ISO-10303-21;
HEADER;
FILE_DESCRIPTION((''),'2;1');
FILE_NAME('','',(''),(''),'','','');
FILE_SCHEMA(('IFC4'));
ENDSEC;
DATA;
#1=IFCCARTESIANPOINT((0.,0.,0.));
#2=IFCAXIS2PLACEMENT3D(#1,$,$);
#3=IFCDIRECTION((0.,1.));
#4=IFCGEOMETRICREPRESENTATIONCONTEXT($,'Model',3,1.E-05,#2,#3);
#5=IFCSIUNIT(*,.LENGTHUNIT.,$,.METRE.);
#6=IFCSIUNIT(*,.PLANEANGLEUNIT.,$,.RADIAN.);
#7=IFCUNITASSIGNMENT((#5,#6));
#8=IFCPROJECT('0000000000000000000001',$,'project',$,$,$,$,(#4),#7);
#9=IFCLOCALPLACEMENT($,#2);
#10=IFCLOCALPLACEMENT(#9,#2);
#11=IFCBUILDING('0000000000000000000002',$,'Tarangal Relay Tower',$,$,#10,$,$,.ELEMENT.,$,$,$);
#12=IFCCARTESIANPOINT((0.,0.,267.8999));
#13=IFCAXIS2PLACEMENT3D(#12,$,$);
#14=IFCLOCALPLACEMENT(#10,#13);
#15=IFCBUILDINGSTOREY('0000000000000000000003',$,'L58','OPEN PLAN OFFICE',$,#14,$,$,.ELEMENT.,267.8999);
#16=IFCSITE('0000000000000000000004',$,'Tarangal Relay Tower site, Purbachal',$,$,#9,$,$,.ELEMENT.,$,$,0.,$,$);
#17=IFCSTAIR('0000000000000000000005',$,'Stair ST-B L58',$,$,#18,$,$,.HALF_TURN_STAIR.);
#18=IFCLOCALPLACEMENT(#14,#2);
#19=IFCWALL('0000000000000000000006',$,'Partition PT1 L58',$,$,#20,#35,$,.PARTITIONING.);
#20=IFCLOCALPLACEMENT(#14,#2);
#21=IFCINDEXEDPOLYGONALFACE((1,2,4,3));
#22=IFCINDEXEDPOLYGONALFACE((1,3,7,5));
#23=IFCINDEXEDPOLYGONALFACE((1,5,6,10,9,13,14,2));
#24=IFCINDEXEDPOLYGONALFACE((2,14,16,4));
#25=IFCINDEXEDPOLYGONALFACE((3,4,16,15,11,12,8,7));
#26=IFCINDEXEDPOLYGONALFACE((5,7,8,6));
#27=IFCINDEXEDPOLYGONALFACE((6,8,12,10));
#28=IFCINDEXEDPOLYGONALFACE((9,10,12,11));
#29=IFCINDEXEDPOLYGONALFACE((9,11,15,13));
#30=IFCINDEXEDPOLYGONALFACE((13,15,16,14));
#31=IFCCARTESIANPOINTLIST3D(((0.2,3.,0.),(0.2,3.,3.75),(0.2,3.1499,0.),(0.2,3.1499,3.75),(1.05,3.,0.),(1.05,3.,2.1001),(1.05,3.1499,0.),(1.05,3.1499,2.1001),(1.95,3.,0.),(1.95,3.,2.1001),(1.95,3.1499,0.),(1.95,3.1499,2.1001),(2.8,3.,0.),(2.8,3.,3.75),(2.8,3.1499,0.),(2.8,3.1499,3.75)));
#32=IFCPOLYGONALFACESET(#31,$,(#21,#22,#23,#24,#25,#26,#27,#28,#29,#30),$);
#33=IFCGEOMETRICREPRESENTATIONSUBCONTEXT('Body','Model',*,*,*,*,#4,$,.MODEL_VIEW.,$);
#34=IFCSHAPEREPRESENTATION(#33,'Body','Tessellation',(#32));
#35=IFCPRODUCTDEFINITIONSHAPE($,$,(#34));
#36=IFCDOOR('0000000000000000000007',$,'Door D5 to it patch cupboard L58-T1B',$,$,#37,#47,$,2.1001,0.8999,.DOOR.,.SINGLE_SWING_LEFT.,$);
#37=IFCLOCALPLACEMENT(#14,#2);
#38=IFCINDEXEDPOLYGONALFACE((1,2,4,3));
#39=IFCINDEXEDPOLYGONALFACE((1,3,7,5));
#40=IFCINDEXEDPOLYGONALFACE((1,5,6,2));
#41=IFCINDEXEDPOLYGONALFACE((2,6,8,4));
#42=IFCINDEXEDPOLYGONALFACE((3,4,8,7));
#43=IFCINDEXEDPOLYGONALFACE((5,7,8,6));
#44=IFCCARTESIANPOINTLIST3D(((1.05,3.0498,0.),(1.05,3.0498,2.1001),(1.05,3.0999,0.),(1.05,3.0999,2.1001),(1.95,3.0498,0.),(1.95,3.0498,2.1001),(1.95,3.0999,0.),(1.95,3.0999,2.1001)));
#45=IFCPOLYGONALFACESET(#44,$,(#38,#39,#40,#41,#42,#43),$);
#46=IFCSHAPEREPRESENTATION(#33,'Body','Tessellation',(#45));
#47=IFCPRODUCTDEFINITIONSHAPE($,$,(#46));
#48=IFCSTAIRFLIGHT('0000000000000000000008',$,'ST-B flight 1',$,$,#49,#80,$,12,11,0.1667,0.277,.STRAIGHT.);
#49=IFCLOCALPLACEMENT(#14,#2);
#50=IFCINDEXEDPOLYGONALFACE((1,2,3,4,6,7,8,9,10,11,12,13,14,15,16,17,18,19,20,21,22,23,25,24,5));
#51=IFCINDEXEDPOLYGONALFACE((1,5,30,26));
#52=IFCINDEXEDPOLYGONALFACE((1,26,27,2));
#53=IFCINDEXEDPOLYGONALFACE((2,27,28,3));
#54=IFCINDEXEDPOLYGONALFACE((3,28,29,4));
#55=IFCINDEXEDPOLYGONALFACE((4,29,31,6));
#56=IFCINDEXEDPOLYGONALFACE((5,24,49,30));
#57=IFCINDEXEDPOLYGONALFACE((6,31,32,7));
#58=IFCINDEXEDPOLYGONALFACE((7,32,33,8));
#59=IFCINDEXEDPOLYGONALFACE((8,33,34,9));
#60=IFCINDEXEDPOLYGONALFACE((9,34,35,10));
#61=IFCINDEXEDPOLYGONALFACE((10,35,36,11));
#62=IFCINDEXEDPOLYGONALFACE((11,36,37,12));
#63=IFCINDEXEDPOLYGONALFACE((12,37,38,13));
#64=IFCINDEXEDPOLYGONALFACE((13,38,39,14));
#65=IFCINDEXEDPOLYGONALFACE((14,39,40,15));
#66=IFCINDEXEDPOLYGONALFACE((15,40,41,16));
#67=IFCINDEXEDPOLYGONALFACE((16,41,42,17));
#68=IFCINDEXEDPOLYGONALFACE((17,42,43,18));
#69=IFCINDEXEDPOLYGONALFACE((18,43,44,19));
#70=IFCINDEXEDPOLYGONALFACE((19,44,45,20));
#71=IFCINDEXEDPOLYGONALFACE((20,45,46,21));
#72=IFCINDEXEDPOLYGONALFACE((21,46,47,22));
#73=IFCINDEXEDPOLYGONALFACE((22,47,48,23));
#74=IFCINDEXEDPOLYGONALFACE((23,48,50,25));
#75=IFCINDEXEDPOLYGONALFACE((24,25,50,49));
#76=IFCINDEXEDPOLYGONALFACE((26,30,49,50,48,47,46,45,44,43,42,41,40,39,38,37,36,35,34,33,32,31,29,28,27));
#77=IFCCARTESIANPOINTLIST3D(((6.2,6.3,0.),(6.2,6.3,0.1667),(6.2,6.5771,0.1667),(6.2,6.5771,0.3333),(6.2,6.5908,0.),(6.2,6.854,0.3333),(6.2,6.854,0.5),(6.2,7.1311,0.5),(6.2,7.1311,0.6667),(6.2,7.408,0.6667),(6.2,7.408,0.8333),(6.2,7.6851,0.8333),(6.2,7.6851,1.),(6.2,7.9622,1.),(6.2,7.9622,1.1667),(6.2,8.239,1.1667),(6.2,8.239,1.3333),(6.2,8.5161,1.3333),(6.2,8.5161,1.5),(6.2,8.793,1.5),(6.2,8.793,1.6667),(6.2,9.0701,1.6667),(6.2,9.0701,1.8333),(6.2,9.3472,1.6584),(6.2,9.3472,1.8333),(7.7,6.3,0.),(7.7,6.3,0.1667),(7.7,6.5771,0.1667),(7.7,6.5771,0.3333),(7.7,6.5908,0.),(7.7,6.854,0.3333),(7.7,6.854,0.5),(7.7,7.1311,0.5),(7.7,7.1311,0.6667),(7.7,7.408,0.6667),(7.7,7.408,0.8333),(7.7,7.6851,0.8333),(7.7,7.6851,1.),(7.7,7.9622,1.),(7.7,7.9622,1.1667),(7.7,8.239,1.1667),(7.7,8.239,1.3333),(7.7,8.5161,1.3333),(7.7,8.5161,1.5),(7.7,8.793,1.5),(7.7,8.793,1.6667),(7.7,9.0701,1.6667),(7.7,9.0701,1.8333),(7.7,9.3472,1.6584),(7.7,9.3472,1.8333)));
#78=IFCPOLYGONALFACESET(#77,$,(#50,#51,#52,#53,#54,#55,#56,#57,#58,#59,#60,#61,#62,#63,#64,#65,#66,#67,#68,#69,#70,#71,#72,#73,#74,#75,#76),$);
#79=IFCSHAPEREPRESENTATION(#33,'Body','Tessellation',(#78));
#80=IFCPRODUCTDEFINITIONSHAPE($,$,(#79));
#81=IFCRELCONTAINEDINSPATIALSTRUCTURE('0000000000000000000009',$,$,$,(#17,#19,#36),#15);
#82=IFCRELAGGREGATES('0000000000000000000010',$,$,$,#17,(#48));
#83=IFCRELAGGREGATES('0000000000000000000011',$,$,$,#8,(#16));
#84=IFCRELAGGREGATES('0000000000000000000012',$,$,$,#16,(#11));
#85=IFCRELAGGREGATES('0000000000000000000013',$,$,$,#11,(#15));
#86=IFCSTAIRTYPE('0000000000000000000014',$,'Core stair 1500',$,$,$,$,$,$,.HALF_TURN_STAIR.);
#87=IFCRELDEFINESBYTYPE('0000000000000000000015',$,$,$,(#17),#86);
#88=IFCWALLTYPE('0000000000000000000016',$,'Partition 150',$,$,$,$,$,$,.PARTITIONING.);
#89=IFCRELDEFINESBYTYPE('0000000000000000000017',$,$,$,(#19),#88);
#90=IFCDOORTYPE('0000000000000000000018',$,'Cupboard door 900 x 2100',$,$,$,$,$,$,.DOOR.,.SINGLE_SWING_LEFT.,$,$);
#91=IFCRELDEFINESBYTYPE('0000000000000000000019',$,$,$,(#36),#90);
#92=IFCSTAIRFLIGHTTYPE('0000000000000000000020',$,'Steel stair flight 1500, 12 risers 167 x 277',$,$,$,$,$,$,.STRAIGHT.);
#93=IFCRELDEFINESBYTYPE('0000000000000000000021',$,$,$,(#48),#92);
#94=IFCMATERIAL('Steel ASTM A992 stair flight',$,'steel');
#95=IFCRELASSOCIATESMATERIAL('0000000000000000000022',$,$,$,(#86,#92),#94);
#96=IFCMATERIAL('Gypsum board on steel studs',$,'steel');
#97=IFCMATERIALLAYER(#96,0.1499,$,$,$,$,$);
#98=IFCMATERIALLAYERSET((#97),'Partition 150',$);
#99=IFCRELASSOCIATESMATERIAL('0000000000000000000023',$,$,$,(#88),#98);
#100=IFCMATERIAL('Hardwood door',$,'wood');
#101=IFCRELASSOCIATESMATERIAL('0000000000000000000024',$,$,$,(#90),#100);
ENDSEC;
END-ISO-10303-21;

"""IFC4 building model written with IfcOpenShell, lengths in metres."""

from ifc_helpers import new_model, si_unit, direction, frame, frame_2d, origin, place, context, subcontext, project, spatial, polyline, rectangle, outline, extrude, material, layer, layer_set, type_object, element, fill, aggregate, save


model = new_model("IFC4")

# Units and contexts
model_context = context("Model", 3, precision=1e-05, world=origin(), true_north=direction((0.0, 1.0)))
body_context = subcontext(model_context, "Body", "Model", "MODEL_VIEW")
ifc_project = project(units=[si_unit("LENGTHUNIT", "METRE"), si_unit("PLANEANGLEUNIT", "RADIAN")], contexts=[model_context])

# Site, building, storey
site_placement = place(None, origin())
site = spatial("IfcSite", under=ifc_project, at=site_placement, Name="Tarangal Relay Tower site, Purbachal", CompositionType="ELEMENT", RefElevation=0.0)
building_placement = place(site_placement, origin())
building = spatial("IfcBuilding", under=site, at=building_placement, Name="Tarangal Relay Tower", CompositionType="ELEMENT")
storey_placement = place(building_placement, frame((0.0, 0.0, 267.8999)))
storey = spatial("IfcBuildingStorey", under=building, at=storey_placement, Name="L58", Description="OPEN PLAN OFFICE", CompositionType="ELEMENT", Elevation=267.8999)

# Stair
ifc_material_1 = material(Name="Steel ASTM A992 stair flight", Category="steel")
stair_type = type_object("IfcStairType", Name="Core stair 1500", PredefinedType="HALF_TURN_STAIR", material=ifc_material_1)
stair_1_placement = place(storey_placement, origin())
stair_1 = element("IfcStair", 1, at=stair_1_placement, inside=storey, type_object=stair_type, Name="Stair ST-B L58", PredefinedType="HALF_TURN_STAIR")

# Wall, opening, door
ifc_material_2 = material(Name="Gypsum board on steel studs", Category="steel")
ifc_layer_1 = layer(ifc_material_2, 0.1499)
ifc_layer_set_1 = layer_set([ifc_layer_1], Name="Partition 150")
wall_type_1 = type_object("IfcWallType", Name="Partition 150", PredefinedType="PARTITIONING", material=ifc_layer_set_1)
wall_1_placement = place(storey_placement, frame((0.2, 3.075, 0.0), z_axis=(0.0, 0.0, 1.0), x_axis=(1.0, 0.0, 0.0)))
wall_1 = element("IfcWall", 2, at=wall_1_placement, inside=storey, type_object=wall_type_1, Name="Partition PT1 L58", PredefinedType="PARTITIONING", context=body_context, shape_type="SweptSolid", body=[
    extrude(rectangle(XDim=2.6001, YDim=0.1499, at=frame_2d((1.3, 0.0))), origin(), (0.0, 0.0, 1.0), 3.75),
])
opening_1_placement = place(wall_1_placement, frame((0.8501, 0.0, 0.0)))
opening_1 = element("IfcOpeningElement", 3, at=opening_1_placement, cuts=wall_1, PredefinedType="OPENING", context=body_context, shape_type="SweptSolid", body=[
    extrude(rectangle(XDim=0.8999, YDim=2.1001, at=frame_2d((0.45, 1.05))), frame((0.0, 0.085, 0.0), z_axis=(0.0, -1.0, 0.0), x_axis=(1.0, 0.0, 0.0)), (0.0, 0.0, 1.0), 0.1699),
])
ifc_material_3 = material(Name="Hardwood door", Category="wood")
door_type_1 = type_object("IfcDoorType", Name="Cupboard door 900 x 2100", OperationType="SINGLE_SWING_LEFT", PredefinedType="DOOR", material=ifc_material_3)
door_1_placement = place(opening_1_placement, origin())
door_1 = element("IfcDoor", 4, at=door_1_placement, inside=storey, type_object=door_type_1, Name="Door D5 to it patch cupboard L58-T1B", OperationType="SINGLE_SWING_LEFT", OverallHeight=2.1001, OverallWidth=0.8999, PredefinedType="DOOR", context=body_context, shape_type="SweptSolid", body=[
    extrude(rectangle(XDim=0.8999, YDim=2.1001, at=frame_2d((0.45, 1.05))), frame((0.0, 0.0249, 0.0), z_axis=(0.0, -1.0, 0.0), x_axis=(1.0, 0.0, 0.0)), (0.0, 0.0, 1.0), 0.05),
])
fill(opening_1, door_1)

# Stair flight
stair_flight_type = type_object("IfcStairFlightType", Name="Steel stair flight 1500, 12 risers 167 x 277", PredefinedType="STRAIGHT", material=ifc_material_1)
stair_flight_placement = place(storey_placement, frame((6.95, 6.3, 0.0), z_axis=(0.0, 0.0, 1.0), x_axis=(0.0, 1.0, 0.0)))
stair_flight = element("IfcStairFlight", 5, at=stair_flight_placement, type_object=stair_flight_type, Name="ST-B flight 1", NumberOfRisers=12, NumberOfTreads=11, PredefinedType="STRAIGHT", RiserHeight=0.1667, TreadLength=0.277, context=body_context, shape_type="SweptSolid", body=[
    extrude(outline(polyline([(0.0, 0.0), (0.0, 0.1667), (0.2771, 0.1667), (0.2771, 0.3333), (0.554, 0.3333), (0.554, 0.5), (0.8311, 0.5), (0.8311, 0.6667), (1.1079, 0.6667), (1.1079, 0.8333), (1.385, 0.8333), (1.385, 1.0), (1.6621, 1.0), (1.6621, 1.1667), (1.939, 1.1667), (1.939, 1.3333), (2.2161, 1.3333), (2.2161, 1.5), (2.4929, 1.5), (2.4929, 1.6667), (2.77, 1.6667), (2.77, 1.8333), (3.0471, 1.8333), (3.0471, 2.0), (3.0471, 1.6584), (0.2908, 0.0), (0.0, 0.0)])), frame((0.0, 0.75, 0.0), z_axis=(0.0, -1.0, 0.0), x_axis=(1.0, 0.0, 0.0)), (0.0, 0.0, 1.0), 1.5),
])
aggregate(stair_1, [stair_flight])

save(model, "model.ifc")
